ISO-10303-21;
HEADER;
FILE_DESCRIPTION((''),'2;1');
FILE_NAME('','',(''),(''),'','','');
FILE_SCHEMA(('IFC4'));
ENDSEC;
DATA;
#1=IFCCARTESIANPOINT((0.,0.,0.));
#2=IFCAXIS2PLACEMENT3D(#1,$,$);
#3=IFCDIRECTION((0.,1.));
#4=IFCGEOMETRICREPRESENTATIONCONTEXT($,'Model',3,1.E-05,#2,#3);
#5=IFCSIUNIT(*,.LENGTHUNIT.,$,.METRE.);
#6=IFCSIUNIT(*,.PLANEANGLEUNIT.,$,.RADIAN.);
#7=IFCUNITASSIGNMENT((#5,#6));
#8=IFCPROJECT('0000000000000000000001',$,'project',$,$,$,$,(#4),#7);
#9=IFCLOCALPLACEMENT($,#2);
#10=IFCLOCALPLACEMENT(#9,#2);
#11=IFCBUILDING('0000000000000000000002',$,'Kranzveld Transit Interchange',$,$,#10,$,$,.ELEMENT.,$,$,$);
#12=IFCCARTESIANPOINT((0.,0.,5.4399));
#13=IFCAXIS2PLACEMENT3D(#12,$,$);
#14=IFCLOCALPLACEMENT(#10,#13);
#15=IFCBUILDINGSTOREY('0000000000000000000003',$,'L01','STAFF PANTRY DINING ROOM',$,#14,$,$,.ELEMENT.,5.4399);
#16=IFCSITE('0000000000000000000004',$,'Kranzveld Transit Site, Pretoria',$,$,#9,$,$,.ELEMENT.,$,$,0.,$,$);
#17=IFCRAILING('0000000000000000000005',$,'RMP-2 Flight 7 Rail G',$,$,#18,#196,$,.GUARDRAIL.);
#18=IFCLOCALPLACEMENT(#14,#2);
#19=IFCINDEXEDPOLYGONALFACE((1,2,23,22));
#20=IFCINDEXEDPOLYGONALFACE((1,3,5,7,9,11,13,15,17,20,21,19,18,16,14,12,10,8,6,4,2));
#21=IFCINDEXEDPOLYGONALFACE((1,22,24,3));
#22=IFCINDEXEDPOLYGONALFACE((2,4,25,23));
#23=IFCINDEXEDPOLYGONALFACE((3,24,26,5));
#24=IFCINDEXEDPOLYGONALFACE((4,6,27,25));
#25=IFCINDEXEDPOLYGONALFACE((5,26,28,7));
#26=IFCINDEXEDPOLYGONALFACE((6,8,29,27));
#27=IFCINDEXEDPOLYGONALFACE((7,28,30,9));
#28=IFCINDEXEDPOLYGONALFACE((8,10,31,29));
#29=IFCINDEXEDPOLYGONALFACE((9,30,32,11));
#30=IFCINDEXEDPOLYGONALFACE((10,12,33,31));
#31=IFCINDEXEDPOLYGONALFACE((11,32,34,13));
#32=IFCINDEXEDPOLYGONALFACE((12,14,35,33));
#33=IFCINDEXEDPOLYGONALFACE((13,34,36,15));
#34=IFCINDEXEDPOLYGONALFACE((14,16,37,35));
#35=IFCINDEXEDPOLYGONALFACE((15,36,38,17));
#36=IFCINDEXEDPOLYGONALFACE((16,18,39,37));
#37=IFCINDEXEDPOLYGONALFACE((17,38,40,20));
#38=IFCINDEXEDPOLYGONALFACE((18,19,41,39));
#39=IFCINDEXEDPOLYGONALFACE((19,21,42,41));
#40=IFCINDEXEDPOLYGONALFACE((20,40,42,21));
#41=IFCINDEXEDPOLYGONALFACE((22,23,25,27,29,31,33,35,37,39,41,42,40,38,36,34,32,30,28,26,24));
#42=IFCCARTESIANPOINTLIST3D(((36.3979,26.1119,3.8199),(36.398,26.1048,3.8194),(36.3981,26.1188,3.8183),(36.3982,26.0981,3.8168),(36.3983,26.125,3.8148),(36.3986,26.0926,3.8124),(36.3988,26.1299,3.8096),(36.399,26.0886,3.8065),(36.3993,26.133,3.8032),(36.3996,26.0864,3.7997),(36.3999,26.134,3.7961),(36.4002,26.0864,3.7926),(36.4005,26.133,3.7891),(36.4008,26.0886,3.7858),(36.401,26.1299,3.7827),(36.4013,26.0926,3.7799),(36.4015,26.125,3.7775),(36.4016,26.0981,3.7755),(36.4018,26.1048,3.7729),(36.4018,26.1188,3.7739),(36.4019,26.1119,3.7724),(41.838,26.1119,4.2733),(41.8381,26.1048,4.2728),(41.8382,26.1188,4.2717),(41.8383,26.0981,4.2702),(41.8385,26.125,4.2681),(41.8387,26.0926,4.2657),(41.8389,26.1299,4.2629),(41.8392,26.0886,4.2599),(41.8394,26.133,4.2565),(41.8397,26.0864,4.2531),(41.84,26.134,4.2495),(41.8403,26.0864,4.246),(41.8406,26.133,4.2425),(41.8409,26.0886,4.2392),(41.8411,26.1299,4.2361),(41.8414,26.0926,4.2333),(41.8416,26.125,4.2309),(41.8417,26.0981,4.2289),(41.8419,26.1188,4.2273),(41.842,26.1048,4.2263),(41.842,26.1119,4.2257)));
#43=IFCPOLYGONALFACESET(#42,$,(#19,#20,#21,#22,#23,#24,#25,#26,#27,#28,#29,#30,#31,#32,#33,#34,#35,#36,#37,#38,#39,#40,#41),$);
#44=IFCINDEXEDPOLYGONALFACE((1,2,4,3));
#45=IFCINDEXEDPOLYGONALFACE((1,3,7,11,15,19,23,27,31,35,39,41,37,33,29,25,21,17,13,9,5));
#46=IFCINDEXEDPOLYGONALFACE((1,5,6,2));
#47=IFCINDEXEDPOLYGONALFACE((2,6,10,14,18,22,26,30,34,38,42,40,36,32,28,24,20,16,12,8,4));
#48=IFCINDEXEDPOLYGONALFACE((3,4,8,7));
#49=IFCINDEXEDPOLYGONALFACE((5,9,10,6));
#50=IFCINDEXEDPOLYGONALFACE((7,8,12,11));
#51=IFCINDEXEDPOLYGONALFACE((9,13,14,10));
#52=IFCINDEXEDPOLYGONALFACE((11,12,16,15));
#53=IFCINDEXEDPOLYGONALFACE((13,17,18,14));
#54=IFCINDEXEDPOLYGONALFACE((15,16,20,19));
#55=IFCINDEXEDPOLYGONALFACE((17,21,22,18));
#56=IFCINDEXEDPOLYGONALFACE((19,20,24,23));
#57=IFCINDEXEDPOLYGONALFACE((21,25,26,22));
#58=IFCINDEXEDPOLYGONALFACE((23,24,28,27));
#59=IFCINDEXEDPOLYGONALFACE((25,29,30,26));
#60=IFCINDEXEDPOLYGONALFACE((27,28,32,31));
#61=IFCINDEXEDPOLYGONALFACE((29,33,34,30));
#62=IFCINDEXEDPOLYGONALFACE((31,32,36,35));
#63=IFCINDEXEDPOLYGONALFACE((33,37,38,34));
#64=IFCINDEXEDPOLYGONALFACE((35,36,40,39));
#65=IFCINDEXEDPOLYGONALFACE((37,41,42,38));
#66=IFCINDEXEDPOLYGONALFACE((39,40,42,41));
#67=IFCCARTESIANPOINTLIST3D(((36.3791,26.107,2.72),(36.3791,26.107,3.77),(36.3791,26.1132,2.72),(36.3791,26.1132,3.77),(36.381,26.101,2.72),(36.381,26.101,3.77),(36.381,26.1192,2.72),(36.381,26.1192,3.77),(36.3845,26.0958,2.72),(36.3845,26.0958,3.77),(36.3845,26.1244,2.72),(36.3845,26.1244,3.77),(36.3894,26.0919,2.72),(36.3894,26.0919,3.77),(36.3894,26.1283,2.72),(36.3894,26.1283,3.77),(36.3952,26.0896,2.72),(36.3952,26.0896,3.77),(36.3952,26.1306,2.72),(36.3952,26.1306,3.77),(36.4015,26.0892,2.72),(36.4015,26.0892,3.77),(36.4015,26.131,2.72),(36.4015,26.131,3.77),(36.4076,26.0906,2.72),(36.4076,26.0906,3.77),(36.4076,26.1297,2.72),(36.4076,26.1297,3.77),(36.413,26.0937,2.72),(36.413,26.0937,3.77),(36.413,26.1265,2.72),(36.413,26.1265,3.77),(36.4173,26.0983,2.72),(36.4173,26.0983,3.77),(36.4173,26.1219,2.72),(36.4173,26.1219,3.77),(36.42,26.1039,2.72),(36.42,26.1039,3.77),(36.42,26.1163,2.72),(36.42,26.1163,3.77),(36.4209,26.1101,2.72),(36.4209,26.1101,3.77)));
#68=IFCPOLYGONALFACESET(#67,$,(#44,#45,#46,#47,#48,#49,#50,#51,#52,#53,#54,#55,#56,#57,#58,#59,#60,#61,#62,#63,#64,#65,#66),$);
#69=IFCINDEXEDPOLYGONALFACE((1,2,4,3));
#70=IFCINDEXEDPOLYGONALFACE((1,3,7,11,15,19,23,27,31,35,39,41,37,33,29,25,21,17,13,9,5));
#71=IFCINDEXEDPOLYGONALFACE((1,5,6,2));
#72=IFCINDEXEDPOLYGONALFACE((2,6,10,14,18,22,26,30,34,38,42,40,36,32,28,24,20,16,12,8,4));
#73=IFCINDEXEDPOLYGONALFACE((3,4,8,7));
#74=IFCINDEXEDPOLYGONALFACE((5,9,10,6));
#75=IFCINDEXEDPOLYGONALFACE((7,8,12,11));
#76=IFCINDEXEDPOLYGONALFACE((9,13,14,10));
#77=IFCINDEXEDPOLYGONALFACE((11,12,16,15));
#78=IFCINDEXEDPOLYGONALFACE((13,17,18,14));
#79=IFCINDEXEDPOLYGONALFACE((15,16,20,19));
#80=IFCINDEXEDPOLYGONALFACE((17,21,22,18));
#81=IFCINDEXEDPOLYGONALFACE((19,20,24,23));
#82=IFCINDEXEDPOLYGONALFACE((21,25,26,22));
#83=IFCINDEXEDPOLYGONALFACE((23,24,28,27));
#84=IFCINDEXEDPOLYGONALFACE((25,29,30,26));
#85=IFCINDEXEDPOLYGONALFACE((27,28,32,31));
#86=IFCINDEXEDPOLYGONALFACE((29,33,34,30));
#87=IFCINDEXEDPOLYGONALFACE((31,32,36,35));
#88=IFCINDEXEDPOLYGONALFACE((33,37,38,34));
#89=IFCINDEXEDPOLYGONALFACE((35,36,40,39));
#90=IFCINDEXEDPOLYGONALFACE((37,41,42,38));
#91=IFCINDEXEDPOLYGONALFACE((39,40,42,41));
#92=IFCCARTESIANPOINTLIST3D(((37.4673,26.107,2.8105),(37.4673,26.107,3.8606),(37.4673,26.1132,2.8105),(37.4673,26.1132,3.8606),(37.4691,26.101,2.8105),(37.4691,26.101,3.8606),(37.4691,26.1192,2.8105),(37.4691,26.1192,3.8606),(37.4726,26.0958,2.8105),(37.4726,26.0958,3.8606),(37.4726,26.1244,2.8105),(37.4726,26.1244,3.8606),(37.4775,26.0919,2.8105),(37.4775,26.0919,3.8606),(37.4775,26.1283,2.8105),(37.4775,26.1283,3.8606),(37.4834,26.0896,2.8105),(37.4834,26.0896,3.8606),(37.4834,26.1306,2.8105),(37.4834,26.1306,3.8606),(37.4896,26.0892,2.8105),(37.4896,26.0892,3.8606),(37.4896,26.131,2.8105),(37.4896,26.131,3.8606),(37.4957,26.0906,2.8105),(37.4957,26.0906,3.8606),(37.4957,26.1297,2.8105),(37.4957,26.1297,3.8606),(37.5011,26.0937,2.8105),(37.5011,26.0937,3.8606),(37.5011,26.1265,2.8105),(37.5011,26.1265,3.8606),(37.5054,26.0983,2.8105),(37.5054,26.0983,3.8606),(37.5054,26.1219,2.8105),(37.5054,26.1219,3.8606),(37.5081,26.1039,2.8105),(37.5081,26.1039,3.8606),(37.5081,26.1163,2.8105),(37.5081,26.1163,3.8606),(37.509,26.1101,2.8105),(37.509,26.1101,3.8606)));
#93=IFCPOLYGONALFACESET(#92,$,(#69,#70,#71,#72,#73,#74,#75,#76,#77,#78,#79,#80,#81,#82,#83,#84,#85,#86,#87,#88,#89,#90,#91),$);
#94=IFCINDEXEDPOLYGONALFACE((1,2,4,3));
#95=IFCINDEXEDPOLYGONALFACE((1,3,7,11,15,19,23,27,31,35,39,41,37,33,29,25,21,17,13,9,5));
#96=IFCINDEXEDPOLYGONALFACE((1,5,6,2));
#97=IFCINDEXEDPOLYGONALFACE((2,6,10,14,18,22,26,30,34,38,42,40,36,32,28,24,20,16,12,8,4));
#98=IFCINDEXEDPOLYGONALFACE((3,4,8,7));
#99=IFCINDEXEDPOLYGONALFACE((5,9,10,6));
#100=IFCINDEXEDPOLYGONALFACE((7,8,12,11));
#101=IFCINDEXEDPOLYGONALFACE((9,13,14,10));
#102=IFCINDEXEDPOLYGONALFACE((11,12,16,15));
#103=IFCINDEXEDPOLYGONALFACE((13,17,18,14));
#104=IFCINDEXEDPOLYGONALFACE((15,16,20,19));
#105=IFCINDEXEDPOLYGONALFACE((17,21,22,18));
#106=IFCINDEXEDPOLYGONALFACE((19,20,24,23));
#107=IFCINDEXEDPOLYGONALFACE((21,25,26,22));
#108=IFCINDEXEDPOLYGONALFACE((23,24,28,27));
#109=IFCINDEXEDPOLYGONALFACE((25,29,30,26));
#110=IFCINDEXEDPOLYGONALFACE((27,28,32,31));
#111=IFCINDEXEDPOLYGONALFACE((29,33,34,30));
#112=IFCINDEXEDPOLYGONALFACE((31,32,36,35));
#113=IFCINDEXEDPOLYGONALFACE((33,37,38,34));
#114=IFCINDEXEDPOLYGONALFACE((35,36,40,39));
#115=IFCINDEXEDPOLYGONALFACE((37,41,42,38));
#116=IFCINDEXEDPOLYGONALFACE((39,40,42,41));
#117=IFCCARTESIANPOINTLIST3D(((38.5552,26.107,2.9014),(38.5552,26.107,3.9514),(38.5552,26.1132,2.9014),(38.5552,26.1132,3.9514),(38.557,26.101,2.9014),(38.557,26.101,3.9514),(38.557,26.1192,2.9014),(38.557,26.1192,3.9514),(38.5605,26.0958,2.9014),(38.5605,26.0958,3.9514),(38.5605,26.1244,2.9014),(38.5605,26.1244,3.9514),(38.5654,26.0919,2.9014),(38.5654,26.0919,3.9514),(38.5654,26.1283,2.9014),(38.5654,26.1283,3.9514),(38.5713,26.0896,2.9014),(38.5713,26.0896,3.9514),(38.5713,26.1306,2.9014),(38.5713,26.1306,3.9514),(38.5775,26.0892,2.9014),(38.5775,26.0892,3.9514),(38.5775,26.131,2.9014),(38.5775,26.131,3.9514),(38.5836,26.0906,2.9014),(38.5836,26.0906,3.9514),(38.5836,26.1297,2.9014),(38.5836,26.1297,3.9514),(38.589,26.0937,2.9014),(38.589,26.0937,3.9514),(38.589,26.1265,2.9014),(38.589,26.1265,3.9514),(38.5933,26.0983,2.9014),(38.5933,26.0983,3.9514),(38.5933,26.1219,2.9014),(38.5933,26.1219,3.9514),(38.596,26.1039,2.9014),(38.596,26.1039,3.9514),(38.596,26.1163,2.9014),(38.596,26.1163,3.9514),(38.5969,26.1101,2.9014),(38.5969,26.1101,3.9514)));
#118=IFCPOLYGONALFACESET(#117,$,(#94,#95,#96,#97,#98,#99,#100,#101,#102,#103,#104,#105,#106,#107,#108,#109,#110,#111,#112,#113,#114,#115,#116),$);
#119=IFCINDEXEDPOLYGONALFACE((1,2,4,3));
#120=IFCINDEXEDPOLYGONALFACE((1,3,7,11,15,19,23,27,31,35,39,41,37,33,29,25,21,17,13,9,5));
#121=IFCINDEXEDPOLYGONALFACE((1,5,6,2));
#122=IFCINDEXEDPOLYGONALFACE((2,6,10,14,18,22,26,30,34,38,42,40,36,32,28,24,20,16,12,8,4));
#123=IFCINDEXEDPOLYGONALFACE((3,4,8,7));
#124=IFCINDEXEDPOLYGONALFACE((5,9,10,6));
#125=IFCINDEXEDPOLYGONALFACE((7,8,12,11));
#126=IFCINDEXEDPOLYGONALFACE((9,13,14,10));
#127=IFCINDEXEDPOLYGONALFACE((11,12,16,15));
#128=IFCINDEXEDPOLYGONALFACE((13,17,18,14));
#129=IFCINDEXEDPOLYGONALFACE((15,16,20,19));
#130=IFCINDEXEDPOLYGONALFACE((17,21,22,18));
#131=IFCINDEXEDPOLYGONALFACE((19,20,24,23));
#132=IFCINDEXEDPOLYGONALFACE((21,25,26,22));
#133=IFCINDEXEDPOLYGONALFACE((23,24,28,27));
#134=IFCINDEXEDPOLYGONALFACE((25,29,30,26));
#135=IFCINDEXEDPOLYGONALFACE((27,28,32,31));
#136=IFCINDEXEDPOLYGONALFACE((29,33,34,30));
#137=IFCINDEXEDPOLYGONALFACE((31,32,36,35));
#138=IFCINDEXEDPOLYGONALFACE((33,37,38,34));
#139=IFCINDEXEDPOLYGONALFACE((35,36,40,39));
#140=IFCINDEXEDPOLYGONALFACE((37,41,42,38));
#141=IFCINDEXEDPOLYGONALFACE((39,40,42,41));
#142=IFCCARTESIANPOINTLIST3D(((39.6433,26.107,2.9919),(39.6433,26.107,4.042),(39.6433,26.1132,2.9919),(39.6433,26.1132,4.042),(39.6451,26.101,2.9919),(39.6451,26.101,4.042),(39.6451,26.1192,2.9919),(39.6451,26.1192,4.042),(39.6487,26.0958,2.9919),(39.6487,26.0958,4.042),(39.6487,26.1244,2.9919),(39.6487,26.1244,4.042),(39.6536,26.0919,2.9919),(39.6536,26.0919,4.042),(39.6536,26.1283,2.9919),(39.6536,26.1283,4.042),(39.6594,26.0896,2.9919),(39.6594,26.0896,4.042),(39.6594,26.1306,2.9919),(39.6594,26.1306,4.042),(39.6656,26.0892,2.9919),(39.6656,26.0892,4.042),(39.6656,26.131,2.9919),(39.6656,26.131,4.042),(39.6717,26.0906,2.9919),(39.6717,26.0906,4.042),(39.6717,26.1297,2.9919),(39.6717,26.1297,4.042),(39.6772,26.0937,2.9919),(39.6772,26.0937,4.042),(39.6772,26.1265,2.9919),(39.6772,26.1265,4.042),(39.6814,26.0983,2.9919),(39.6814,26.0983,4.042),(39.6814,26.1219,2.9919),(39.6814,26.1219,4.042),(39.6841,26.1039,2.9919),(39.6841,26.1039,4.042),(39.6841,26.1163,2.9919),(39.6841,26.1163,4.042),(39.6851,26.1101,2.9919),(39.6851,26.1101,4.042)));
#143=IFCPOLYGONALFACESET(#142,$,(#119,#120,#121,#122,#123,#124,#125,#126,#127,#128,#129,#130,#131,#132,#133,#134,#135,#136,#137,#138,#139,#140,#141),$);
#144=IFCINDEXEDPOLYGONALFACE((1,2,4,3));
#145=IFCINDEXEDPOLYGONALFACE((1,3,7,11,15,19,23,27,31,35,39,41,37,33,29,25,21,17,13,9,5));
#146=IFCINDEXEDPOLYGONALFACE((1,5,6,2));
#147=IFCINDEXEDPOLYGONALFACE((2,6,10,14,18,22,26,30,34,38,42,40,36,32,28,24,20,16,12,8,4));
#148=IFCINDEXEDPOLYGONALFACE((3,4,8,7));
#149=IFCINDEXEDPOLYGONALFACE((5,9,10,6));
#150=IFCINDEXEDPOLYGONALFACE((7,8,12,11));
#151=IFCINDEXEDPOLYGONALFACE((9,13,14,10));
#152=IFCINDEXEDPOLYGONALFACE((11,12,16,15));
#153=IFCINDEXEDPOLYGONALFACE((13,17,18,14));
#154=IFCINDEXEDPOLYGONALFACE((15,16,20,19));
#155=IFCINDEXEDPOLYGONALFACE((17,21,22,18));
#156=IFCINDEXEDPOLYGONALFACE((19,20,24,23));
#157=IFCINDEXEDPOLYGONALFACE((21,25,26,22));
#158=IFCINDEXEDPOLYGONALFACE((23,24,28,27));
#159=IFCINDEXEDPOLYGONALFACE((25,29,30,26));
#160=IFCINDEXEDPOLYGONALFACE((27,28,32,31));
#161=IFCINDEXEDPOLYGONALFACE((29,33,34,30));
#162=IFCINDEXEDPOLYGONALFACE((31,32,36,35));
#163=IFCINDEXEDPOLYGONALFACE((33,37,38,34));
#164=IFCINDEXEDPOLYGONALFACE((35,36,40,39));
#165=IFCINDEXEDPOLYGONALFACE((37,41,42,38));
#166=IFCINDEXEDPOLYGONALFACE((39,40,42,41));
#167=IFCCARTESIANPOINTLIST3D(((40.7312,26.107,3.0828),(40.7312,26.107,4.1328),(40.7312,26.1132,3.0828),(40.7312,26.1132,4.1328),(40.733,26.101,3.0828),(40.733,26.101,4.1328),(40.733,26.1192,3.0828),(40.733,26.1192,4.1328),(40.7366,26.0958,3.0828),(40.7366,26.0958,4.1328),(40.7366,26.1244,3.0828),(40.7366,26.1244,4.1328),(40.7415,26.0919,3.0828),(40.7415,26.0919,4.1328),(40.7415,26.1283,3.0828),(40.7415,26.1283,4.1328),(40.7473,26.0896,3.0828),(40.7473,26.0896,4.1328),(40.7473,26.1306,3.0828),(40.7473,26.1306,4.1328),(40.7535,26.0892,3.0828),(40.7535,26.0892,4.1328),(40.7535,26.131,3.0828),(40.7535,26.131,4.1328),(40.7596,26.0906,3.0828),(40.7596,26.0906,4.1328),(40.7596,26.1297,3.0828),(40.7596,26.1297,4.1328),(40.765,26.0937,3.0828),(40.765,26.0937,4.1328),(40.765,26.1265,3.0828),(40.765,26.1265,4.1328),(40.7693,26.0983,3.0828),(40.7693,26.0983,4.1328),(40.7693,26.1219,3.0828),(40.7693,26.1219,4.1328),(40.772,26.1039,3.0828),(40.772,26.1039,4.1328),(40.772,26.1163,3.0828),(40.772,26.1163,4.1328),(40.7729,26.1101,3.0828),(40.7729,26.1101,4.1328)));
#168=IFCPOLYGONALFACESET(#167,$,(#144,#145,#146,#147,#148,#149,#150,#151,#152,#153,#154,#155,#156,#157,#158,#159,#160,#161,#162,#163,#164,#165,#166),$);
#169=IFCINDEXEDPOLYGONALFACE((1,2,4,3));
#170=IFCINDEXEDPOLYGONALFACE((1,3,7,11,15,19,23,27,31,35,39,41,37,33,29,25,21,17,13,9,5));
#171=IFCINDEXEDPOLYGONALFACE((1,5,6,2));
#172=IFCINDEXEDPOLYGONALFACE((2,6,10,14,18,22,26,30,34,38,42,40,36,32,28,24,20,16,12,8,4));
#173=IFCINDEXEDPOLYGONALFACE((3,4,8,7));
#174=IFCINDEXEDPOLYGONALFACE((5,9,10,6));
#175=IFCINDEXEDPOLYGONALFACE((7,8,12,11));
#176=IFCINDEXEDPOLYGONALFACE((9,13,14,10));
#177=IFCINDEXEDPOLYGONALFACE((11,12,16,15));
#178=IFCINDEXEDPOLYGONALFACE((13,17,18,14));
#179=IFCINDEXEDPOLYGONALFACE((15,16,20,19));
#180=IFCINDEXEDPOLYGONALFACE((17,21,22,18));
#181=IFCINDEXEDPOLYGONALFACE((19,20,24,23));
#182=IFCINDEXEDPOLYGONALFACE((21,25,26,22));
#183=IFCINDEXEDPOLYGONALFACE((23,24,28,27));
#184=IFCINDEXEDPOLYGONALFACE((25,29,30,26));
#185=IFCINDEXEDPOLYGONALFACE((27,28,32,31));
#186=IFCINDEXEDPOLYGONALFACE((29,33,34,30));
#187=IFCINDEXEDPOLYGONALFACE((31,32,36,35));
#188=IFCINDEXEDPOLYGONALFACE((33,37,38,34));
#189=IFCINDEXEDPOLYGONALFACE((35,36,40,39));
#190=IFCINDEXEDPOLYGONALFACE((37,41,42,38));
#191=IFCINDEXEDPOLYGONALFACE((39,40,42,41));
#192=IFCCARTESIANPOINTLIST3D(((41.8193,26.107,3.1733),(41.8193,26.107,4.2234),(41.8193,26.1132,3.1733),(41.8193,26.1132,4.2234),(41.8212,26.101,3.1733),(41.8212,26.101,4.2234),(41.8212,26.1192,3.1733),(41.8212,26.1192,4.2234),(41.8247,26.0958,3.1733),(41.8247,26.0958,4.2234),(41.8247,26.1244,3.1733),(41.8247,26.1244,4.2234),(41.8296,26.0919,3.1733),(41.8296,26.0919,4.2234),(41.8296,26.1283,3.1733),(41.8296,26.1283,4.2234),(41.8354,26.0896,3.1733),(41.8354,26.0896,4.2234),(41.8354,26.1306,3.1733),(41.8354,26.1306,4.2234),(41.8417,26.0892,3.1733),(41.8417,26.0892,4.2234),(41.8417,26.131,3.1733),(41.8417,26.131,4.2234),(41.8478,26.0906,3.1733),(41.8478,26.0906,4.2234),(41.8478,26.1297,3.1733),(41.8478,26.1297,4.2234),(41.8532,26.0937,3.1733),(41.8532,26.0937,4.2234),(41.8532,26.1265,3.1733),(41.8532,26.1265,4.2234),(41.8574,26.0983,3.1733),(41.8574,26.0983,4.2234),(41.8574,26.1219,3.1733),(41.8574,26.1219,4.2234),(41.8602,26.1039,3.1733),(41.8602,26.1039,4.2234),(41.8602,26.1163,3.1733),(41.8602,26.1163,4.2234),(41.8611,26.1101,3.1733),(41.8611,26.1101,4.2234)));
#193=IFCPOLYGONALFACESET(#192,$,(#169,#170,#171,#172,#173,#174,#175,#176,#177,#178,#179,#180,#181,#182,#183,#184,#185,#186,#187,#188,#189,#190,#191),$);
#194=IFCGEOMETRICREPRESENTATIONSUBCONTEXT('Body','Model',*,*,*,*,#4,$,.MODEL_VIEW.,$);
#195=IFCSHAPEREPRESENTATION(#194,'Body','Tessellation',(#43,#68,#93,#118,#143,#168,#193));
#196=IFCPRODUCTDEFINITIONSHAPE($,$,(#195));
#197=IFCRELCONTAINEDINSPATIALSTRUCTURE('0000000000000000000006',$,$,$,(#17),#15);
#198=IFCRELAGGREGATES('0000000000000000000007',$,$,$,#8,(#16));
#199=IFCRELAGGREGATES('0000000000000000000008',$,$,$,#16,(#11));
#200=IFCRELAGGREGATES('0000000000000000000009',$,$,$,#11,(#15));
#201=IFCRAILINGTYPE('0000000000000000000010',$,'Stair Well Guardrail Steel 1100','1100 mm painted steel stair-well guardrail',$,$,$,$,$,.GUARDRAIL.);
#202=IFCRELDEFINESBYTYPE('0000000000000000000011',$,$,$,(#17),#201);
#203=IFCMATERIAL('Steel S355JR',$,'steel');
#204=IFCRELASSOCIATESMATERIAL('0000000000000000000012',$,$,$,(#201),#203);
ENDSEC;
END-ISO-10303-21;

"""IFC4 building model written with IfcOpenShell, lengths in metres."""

from ifc_helpers import new_model, si_unit, direction, frame, origin, origin_2d, place, context, subcontext, project, spatial, circle, extrude, material, type_object, element, save


model = new_model("IFC4")

# Units and contexts
model_context = context("Model", 3, precision=1e-05, world=origin(), true_north=direction((0.0, 1.0)))
body_context = subcontext(model_context, "Body", "Model", "MODEL_VIEW")
ifc_project = project(units=[si_unit("LENGTHUNIT", "METRE"), si_unit("PLANEANGLEUNIT", "RADIAN")], contexts=[model_context])

# Site, building, storey
site_placement = place(None, origin())
site = spatial("IfcSite", under=ifc_project, at=site_placement, Name="Kranzveld Transit Site, Pretoria", CompositionType="ELEMENT", RefElevation=0.0)
building_placement = place(site_placement, origin())
building = spatial("IfcBuilding", under=site, at=building_placement, Name="Kranzveld Transit Interchange", CompositionType="ELEMENT")
storey_placement = place(building_placement, frame((0.0, 0.0, 5.4399)))
storey = spatial("IfcBuildingStorey", under=building, at=storey_placement, Name="L01", Description="STAFF PANTRY DINING ROOM", CompositionType="ELEMENT", Elevation=5.4399)

# Railing
ifc_material_1 = material(Name="Steel S355JR", Category="steel")
railing_type_1 = type_object("IfcRailingType", Name="Stair Well Guardrail Steel 1100", Description="1100 mm painted steel stair-well guardrail", PredefinedType="GUARDRAIL", material=ifc_material_1)
for number, where, name in (
    (1, (36.3999, 26.1101, 2.72), "RMP-2 Flight 7 Rail G"),
):
    element("IfcRailing", number, at=place(storey_placement, frame(where)), inside=storey, type_object=railing_type_1, Name=name, PredefinedType="GUARDRAIL", context=body_context, shape_type="SweptSolid", body=[
        extrude(circle(Radius=0.0239, at=origin_2d()), frame((0.0, 0.0, 1.0762), z_axis=(0.996545, 0.0, 0.083049), x_axis=(0.0, 1.0, 0.0)), (0.0, 0.0, 1.0), 5.459),
        extrude(circle(Radius=0.021, at=origin_2d()), origin(), (0.0, 0.0, 1.0), 1.05),
        extrude(circle(Radius=0.021, at=origin_2d()), frame((1.0881, 0.0, 0.0906)), (0.0, 0.0, 1.0), 1.05),
        extrude(circle(Radius=0.021, at=origin_2d()), frame((2.176, 0.0, 0.1814)), (0.0, 0.0, 1.0), 1.05),
        extrude(circle(Radius=0.021, at=origin_2d()), frame((3.2642, 0.0, 0.272)), (0.0, 0.0, 1.0), 1.05),
        extrude(circle(Radius=0.021, at=origin_2d()), frame((4.3521, 0.0, 0.3628)), (0.0, 0.0, 1.0), 1.05),
        extrude(circle(Radius=0.021, at=origin_2d()), frame((5.4402, 0.0, 0.4534)), (0.0, 0.0, 1.0), 1.05),
    ])

save(model, "model.ifc")
